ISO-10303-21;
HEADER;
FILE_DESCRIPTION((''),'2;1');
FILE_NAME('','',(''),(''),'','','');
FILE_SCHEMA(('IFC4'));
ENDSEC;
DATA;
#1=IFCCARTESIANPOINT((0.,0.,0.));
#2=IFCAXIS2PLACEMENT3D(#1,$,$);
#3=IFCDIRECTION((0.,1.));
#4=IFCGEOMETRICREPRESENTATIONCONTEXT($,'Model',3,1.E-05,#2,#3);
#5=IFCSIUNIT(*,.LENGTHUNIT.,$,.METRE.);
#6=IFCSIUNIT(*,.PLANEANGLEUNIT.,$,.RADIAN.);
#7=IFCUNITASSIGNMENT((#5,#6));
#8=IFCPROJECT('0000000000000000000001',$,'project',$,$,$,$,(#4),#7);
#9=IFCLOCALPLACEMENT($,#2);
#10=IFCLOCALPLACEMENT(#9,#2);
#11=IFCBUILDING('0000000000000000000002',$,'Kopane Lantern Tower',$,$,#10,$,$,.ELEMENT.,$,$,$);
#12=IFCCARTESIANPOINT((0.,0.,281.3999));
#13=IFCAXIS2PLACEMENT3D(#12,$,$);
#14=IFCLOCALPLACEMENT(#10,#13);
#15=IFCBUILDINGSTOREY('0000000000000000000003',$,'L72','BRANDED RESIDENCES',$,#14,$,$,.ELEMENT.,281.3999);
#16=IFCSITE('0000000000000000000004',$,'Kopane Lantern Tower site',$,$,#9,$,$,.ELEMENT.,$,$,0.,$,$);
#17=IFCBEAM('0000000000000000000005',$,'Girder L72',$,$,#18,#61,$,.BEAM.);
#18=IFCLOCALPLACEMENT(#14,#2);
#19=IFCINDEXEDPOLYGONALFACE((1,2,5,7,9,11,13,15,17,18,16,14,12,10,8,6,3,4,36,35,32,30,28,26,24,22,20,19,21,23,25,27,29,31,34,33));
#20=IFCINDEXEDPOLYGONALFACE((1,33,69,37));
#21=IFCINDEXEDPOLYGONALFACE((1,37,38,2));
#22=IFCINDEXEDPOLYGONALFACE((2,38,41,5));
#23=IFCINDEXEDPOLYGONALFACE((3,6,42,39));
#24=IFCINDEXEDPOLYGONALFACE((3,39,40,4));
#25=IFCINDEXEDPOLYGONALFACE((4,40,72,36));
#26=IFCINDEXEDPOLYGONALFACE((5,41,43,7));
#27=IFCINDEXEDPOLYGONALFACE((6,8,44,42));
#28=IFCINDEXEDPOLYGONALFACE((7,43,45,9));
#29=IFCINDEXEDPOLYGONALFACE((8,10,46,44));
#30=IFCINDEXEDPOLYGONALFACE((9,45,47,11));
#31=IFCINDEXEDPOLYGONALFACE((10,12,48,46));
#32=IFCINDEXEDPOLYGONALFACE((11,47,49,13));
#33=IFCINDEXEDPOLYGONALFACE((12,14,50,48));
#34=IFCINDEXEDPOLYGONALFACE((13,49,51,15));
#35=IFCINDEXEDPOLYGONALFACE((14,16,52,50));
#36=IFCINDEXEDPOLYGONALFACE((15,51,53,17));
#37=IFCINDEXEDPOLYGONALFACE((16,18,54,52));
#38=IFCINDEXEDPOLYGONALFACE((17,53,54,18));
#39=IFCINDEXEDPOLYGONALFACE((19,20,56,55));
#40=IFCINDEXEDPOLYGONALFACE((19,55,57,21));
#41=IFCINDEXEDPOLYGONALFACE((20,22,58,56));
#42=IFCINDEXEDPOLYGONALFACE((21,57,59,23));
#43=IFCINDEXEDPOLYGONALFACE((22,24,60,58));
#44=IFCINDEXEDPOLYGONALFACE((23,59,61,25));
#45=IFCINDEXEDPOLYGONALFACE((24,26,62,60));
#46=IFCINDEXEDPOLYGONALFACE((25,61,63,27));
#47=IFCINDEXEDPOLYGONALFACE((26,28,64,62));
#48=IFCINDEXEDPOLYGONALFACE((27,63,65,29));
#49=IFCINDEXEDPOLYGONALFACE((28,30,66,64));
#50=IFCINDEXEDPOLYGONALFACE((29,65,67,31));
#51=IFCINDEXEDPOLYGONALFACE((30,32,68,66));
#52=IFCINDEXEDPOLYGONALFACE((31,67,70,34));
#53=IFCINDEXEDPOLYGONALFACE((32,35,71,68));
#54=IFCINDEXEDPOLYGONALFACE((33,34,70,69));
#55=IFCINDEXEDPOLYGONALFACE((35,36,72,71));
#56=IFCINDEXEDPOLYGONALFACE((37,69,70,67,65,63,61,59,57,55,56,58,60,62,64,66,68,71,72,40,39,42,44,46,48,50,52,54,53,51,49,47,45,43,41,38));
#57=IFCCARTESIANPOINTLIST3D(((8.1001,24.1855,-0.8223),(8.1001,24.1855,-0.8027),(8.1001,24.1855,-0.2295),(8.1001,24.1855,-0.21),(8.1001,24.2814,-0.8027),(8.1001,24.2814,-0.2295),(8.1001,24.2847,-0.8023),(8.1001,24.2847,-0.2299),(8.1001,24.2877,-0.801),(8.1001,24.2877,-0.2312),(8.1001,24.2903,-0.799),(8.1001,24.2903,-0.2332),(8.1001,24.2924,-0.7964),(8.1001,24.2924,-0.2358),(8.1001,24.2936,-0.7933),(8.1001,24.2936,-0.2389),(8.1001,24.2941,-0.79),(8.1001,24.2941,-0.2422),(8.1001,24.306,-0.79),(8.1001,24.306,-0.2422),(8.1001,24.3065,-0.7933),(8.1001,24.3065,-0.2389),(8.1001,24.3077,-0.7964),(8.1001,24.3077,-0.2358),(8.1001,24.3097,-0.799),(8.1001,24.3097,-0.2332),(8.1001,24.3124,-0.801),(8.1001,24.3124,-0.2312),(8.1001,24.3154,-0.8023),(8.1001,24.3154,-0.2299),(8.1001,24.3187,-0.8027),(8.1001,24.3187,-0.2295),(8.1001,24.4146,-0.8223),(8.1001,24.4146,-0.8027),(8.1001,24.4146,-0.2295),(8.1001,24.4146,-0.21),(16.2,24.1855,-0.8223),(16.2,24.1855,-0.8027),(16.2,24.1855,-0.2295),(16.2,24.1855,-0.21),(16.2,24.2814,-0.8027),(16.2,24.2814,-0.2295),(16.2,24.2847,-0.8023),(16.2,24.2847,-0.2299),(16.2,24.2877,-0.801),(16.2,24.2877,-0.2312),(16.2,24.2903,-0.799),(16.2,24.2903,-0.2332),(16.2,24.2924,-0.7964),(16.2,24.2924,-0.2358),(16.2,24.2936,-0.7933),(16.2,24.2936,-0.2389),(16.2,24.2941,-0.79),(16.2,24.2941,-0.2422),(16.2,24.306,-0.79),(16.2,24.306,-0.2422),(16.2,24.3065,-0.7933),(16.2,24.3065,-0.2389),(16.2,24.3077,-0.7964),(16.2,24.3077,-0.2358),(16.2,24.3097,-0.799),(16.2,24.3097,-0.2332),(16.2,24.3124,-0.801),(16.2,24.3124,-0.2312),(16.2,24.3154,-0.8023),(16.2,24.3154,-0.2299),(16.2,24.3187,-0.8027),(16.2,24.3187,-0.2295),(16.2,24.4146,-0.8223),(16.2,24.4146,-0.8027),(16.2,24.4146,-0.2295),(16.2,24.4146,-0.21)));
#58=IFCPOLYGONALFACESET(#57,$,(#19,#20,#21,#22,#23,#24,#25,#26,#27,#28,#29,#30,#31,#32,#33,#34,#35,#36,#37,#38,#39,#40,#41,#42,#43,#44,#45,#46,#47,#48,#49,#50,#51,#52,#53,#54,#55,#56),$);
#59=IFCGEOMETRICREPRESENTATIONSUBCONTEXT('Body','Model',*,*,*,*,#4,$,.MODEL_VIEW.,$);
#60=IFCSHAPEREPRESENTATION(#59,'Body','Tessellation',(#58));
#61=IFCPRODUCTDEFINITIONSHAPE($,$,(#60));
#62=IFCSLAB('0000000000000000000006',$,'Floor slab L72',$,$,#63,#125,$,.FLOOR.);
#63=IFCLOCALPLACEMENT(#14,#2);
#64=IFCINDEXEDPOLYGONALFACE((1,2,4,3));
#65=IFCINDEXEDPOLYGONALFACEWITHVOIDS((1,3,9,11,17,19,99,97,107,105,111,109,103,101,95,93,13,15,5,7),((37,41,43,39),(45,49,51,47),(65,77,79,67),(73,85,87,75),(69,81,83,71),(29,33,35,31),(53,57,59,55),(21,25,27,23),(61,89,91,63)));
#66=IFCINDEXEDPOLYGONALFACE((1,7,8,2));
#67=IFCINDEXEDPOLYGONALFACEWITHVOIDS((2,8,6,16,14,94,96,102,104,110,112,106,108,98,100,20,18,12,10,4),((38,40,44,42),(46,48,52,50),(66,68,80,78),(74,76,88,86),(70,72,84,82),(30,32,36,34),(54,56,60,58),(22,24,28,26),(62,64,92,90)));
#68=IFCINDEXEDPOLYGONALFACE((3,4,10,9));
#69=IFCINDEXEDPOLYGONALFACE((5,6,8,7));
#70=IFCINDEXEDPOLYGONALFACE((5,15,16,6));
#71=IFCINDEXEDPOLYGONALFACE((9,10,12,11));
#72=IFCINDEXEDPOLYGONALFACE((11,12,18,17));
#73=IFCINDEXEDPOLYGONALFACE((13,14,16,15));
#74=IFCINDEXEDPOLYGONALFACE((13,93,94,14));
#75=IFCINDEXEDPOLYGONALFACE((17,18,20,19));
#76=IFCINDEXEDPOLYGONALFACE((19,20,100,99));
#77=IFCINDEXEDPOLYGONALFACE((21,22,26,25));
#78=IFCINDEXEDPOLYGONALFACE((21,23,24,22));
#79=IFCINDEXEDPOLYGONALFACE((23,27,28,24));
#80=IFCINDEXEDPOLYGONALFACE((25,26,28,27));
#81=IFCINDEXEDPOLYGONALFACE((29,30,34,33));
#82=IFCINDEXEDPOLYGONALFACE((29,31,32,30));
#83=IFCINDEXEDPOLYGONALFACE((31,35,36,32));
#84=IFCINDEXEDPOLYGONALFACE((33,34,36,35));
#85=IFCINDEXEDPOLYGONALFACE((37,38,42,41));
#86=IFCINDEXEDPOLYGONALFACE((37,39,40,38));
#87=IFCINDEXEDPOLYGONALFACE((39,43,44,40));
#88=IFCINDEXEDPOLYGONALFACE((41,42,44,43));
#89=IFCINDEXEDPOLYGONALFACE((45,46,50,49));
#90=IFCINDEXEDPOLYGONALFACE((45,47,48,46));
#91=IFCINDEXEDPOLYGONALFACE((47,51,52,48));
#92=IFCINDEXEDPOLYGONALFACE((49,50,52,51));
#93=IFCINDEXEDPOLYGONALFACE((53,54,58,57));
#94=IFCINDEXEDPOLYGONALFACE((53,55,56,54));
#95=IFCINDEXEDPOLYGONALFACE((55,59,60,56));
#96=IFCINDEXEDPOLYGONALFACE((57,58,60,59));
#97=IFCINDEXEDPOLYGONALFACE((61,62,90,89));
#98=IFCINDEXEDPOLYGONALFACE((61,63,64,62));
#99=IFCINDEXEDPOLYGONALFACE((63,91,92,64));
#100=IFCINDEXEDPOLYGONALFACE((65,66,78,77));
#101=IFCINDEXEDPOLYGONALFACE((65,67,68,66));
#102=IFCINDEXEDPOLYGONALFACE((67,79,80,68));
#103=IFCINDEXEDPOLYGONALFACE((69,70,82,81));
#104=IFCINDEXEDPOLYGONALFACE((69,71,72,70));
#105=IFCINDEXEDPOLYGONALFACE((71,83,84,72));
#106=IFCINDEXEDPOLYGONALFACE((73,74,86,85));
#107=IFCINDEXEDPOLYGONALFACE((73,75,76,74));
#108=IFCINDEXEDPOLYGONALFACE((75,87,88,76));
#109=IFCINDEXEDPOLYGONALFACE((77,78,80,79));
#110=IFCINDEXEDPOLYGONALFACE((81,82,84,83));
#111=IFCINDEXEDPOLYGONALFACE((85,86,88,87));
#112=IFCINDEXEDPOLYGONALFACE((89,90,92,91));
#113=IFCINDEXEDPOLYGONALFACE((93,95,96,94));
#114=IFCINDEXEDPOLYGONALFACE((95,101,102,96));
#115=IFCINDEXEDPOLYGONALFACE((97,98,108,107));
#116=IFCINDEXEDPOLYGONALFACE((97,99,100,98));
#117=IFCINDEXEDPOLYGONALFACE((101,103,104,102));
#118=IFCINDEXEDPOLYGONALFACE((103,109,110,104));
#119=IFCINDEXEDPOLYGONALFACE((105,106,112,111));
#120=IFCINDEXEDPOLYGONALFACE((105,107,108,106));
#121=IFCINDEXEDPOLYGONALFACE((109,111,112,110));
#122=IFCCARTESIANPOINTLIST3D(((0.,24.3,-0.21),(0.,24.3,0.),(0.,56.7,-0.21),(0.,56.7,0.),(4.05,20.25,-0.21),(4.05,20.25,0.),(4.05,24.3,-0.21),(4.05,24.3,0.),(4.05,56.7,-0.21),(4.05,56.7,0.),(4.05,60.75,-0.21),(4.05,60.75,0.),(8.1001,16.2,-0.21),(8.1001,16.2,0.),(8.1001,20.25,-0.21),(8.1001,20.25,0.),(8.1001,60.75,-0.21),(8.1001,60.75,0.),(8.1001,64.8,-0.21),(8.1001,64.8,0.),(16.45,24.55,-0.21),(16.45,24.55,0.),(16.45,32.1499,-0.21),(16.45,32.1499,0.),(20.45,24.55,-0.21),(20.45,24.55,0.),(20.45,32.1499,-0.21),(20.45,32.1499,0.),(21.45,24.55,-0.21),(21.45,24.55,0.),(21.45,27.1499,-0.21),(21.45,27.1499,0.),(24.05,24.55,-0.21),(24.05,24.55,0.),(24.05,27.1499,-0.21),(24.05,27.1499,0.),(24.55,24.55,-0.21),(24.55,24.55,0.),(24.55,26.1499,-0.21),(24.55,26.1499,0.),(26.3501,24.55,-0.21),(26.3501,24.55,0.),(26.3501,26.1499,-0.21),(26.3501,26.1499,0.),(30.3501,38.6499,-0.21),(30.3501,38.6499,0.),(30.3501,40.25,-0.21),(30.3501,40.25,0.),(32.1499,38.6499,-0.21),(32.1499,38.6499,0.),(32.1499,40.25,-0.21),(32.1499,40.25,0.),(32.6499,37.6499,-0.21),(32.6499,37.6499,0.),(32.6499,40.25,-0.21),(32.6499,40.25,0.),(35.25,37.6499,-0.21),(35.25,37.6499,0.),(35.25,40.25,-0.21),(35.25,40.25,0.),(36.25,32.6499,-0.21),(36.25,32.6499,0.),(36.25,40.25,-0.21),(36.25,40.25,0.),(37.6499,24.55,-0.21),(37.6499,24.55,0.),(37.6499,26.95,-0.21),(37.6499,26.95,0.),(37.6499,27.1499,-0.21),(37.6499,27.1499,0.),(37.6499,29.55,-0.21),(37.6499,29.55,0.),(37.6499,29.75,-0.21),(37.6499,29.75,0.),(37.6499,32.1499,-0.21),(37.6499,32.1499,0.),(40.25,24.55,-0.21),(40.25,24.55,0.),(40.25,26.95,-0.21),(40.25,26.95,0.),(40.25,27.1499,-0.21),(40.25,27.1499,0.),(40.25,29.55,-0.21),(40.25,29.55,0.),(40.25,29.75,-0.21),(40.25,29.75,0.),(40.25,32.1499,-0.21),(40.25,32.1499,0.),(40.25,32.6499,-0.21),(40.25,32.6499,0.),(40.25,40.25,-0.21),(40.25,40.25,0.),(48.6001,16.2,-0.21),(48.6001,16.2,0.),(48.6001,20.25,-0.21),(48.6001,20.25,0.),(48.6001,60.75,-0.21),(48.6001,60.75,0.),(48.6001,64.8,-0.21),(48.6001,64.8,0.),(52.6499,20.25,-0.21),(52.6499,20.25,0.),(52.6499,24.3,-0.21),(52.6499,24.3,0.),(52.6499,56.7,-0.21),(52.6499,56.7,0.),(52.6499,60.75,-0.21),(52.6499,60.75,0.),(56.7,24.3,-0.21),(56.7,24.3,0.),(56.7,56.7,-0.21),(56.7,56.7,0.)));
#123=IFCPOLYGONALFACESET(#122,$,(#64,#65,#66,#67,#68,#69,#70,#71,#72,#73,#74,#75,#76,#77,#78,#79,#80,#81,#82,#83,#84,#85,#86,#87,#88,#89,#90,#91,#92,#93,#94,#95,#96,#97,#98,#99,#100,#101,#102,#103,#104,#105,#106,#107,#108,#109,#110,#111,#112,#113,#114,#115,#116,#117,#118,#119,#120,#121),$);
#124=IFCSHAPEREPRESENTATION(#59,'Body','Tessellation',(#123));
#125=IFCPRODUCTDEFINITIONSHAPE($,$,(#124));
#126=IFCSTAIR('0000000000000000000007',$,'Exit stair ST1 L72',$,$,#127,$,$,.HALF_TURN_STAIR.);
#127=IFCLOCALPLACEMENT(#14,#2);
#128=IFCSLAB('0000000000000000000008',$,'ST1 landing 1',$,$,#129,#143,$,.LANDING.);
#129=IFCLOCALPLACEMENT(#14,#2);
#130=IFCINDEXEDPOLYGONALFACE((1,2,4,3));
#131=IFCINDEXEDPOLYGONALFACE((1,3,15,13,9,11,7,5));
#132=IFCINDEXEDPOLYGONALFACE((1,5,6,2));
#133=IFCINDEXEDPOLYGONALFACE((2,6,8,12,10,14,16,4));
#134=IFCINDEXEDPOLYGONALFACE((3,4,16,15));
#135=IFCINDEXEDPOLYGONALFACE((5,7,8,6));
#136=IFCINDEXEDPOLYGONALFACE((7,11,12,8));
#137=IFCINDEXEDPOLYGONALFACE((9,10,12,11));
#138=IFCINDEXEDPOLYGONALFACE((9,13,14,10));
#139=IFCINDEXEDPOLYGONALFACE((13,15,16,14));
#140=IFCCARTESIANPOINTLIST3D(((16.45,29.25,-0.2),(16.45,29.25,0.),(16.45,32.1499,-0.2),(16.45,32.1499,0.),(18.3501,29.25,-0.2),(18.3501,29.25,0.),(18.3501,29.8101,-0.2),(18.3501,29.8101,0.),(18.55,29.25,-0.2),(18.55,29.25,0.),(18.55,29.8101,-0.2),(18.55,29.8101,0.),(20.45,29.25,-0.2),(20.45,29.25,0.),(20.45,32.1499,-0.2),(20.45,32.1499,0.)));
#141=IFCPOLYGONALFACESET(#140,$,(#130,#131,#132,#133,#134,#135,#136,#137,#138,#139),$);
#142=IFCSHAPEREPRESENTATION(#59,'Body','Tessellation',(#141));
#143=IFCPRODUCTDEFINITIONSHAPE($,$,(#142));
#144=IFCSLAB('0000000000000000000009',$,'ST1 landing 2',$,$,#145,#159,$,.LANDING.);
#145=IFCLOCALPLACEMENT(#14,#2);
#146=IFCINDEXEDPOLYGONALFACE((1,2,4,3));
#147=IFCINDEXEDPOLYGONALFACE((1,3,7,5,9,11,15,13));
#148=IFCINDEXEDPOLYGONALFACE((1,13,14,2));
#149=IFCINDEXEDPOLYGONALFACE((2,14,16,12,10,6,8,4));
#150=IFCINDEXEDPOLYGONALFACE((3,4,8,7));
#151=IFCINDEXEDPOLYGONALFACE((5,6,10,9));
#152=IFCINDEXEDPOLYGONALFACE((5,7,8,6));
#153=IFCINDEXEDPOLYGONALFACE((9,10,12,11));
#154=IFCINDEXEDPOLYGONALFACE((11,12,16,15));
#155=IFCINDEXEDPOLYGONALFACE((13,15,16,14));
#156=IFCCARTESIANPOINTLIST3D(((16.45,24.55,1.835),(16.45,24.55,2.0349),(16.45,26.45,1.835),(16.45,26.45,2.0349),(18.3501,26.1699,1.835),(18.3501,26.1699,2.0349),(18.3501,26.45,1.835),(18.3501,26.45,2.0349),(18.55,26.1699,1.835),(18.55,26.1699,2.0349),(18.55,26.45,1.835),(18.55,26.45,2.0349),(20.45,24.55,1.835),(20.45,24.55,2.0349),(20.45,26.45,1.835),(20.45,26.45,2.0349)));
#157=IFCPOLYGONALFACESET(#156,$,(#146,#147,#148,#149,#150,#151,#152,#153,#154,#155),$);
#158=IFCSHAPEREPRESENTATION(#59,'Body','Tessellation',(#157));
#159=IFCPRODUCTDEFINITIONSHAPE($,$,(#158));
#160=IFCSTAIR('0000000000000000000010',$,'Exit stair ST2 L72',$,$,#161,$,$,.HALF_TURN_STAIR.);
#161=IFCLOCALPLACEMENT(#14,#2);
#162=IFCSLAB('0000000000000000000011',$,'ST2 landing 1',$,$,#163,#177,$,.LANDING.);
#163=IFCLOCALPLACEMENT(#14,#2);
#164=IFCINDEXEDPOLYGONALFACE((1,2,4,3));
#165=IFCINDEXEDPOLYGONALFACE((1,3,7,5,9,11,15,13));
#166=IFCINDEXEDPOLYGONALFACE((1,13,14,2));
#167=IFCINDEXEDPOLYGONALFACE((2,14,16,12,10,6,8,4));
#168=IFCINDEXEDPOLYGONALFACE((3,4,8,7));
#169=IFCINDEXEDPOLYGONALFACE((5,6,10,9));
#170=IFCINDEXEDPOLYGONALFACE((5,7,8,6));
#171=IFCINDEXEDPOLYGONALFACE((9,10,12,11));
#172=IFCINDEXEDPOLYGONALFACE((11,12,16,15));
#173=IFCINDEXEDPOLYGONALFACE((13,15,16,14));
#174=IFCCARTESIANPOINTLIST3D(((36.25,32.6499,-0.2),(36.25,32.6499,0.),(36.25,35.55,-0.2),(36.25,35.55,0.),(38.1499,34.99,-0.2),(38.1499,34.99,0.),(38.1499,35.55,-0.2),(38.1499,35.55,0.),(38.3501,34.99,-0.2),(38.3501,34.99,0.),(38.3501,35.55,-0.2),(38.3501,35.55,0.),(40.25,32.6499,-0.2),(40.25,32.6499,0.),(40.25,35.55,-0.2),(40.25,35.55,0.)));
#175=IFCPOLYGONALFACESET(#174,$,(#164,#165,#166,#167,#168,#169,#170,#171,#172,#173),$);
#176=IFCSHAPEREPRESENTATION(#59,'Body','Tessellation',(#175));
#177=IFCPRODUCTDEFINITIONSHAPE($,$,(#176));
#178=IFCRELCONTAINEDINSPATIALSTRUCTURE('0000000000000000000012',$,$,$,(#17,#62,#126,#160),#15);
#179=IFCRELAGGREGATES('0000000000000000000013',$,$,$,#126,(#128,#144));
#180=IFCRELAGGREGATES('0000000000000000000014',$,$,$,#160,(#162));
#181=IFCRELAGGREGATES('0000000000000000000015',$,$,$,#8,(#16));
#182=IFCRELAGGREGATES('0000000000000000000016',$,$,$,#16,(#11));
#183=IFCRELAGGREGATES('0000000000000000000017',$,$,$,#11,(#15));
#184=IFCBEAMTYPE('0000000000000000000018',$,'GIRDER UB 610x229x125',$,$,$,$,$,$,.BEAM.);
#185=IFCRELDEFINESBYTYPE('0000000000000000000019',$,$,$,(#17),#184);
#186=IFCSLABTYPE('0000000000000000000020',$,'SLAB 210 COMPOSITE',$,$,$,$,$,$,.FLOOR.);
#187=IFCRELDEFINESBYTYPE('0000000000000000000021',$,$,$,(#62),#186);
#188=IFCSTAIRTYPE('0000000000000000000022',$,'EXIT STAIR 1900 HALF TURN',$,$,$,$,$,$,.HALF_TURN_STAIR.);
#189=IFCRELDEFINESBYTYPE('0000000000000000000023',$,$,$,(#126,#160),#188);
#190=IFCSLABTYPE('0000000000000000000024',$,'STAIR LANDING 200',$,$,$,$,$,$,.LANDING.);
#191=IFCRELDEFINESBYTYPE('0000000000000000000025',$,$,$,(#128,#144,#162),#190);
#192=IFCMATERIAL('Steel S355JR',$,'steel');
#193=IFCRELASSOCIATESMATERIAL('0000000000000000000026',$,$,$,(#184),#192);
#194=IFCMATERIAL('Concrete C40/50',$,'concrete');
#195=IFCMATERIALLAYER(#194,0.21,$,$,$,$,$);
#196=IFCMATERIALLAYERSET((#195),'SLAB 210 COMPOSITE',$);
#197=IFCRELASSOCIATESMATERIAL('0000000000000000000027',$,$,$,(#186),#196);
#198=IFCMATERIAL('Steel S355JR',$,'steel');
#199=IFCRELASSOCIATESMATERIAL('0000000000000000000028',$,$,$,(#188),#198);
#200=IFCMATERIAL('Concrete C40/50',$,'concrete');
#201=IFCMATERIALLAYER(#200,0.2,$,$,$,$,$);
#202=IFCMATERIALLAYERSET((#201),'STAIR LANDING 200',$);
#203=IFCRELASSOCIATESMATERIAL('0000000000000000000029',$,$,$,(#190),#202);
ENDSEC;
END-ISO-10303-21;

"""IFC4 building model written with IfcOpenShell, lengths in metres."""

from ifc_helpers import new_model, si_unit, direction, frame, origin, origin_2d, place, context, subcontext, project, spatial, polyline, i_section, outline, extrude, material, layer, layer_set, material_profile, profile_set, type_object, element, aggregate, save


model = new_model("IFC4")

# Units and contexts
model_context = context("Model", 3, precision=1e-05, world=origin(), true_north=direction((0.0, 1.0)))
body_context = subcontext(model_context, "Body", "Model", "MODEL_VIEW")
ifc_project = project(units=[si_unit("LENGTHUNIT", "METRE"), si_unit("PLANEANGLEUNIT", "RADIAN")], contexts=[model_context])

# Site, building, storey
site_placement = place(None, origin())
site = spatial("IfcSite", under=ifc_project, at=site_placement, Name="Kopane Lantern Tower site", CompositionType="ELEMENT", RefElevation=0.0)
building_placement = place(site_placement, origin())
building = spatial("IfcBuilding", under=site, at=building_placement, Name="Kopane Lantern Tower", CompositionType="ELEMENT")
storey_placement = place(building_placement, frame((0.0, 0.0, 281.3999)))
storey = spatial("IfcBuildingStorey", under=building, at=storey_placement, Name="L72", Description="BRANDED RESIDENCES", CompositionType="ELEMENT", Elevation=281.3999)

# Beam
ifc_material_1 = material(Name="Steel S355JR", Category="steel")
ifc_material_profile_1 = material_profile(ifc_material_1, i_section(OverallWidth=0.229, OverallDepth=0.6123, WebThickness=0.012, FlangeThickness=0.0195, FilletRadius=0.0127, at=origin_2d()), Name="UB 610x229x125")
ifc_profile_set_1 = profile_set([ifc_material_profile_1], Name="Steel S355JR")
beam_type_1 = type_object("IfcBeamType", Name="GIRDER UB 610x229x125", PredefinedType="BEAM", material=ifc_profile_set_1)
for number, where, z_axis, x_axis, name in (
    (1, (8.1001, 24.3, -0.5161), (1.0, 0.0, 0.0), (0.0, 1.0, 0.0), "Girder L72"),
):
    element("IfcBeam", number, at=place(storey_placement, frame(where, z_axis=z_axis, x_axis=x_axis)), inside=storey, type_object=beam_type_1, Name=name, PredefinedType="BEAM", context=body_context, shape_type="SweptSolid", body=[
        extrude(i_section(OverallWidth=0.229, OverallDepth=0.6123, WebThickness=0.012, FlangeThickness=0.0195, FilletRadius=0.0127, at=origin_2d()), origin(), (0.0, 0.0, 1.0), 8.0999),
    ])

# Slab
ifc_material_2 = material(Name="Concrete C40/50", Category="concrete")
ifc_layer_1 = layer(ifc_material_2, 0.21)
ifc_layer_set_1 = layer_set([ifc_layer_1], Name="SLAB 210 COMPOSITE")
slab_type_1 = type_object("IfcSlabType", Name="SLAB 210 COMPOSITE", PredefinedType="FLOOR", material=ifc_layer_set_1)
slab_1_placement = place(storey_placement, frame((0.0, 0.0, -0.21)))
element("IfcSlab", 2, at=slab_1_placement, inside=storey, type_object=slab_type_1, Name="Floor slab L72", PredefinedType="FLOOR", context=body_context, shape_type="SweptSolid", body=[
    extrude(outline(polyline([(8.1001, 16.2), (48.6001, 16.2), (48.6001, 20.25), (52.6499, 20.25), (52.6499, 24.3), (56.7, 24.3), (56.7, 56.7), (52.6499, 56.7), (52.6499, 60.75), (48.6001, 60.75), (48.6001, 64.8), (8.1001, 64.8), (8.1001, 60.75), (4.05, 60.75), (4.05, 56.7), (0.0, 56.7), (0.0, 24.3), (4.05, 24.3), (4.05, 20.25), (8.1001, 20.25), (8.1001, 16.2)]), holes=[polyline([(16.45, 24.55), (20.45, 24.55), (20.45, 32.1499), (16.45, 32.1499), (16.45, 24.55)]), polyline([(36.25, 32.6499), (40.25, 32.6499), (40.25, 40.25), (36.25, 40.25), (36.25, 32.6499)]), polyline([(37.6499, 24.55), (40.25, 24.55), (40.25, 26.95), (37.6499, 26.95), (37.6499, 24.55)]), polyline([(37.6499, 27.1499), (40.25, 27.1499), (40.25, 29.55), (37.6499, 29.55), (37.6499, 27.1499)]), polyline([(37.6499, 29.75), (40.25, 29.75), (40.25, 32.1499), (37.6499, 32.1499), (37.6499, 29.75)]), polyline([(21.45, 24.55), (24.05, 24.55), (24.05, 27.1499), (21.45, 27.1499), (21.45, 24.55)]), polyline([(32.6499, 37.6499), (35.25, 37.6499), (35.25, 40.25), (32.6499, 40.25), (32.6499, 37.6499)]), polyline([(24.55, 24.55), (26.3501, 24.55), (26.3501, 26.1499), (24.55, 26.1499), (24.55, 24.55)]), polyline([(30.3501, 38.6499), (32.1499, 38.6499), (32.1499, 40.25), (30.3501, 40.25), (30.3501, 38.6499)])]), origin(), (0.0, 0.0, 1.0), 0.21),
])

# Stairs, slabs
ifc_material_3 = material(Name="Steel S355JR", Category="steel")
stair_type = type_object("IfcStairType", Name="EXIT STAIR 1900 HALF TURN", PredefinedType="HALF_TURN_STAIR", material=ifc_material_3)
stair_1_placement = place(storey_placement, origin())
stair_1 = element("IfcStair", 3, at=stair_1_placement, inside=storey, type_object=stair_type, Name="Exit stair ST1 L72", PredefinedType="HALF_TURN_STAIR")
ifc_material_4 = material(Name="Concrete C40/50", Category="concrete")
ifc_layer_2 = layer(ifc_material_4, 0.2)
ifc_layer_set_2 = layer_set([ifc_layer_2], Name="STAIR LANDING 200")
slab_type_2 = type_object("IfcSlabType", Name="STAIR LANDING 200", PredefinedType="LANDING", material=ifc_layer_set_2)
slab_2_placement = place(storey_placement, frame((0.0, 0.0, -0.2)))
slab_2 = element("IfcSlab", 4, at=slab_2_placement, type_object=slab_type_2, Name="ST1 landing 1", PredefinedType="LANDING", context=body_context, shape_type="SweptSolid", body=[
    extrude(outline(polyline([(18.3501, 29.8101), (18.55, 29.8101), (18.55, 29.25), (20.45, 29.25), (20.45, 32.1499), (16.45, 32.1499), (16.45, 29.25), (18.3501, 29.25), (18.3501, 29.8101)])), origin(), (0.0, 0.0, 1.0), 0.2),
])
slab_3_placement = place(storey_placement, frame((0.0, 0.0, 1.835)))
slab_3 = element("IfcSlab", 5, at=slab_3_placement, type_object=slab_type_2, Name="ST1 landing 2", PredefinedType="LANDING", context=body_context, shape_type="SweptSolid", body=[
    extrude(outline(polyline([(20.45, 26.45), (18.55, 26.45), (18.55, 26.1699), (18.3501, 26.1699), (18.3501, 26.45), (16.45, 26.45), (16.45, 24.55), (20.45, 24.55), (20.45, 26.45)])), origin(), (0.0, 0.0, 1.0), 0.2),
])
aggregate(stair_1, [slab_2, slab_3])
stair_2_placement = place(storey_placement, origin())
stair_2 = element("IfcStair", 6, at=stair_2_placement, inside=storey, type_object=stair_type, Name="Exit stair ST2 L72", PredefinedType="HALF_TURN_STAIR")
slab_4_placement = place(storey_placement, frame((0.0, 0.0, -0.2)))
slab_4 = element("IfcSlab", 7, at=slab_4_placement, type_object=slab_type_2, Name="ST2 landing 1", PredefinedType="LANDING", context=body_context, shape_type="SweptSolid", body=[
    extrude(outline(polyline([(40.25, 35.55), (38.3501, 35.55), (38.3501, 34.99), (38.1499, 34.99), (38.1499, 35.55), (36.25, 35.55), (36.25, 32.6499), (40.25, 32.6499), (40.25, 35.55)])), origin(), (0.0, 0.0, 1.0), 0.2),
])
aggregate(stair_2, [slab_4])

save(model, "model.ifc")
